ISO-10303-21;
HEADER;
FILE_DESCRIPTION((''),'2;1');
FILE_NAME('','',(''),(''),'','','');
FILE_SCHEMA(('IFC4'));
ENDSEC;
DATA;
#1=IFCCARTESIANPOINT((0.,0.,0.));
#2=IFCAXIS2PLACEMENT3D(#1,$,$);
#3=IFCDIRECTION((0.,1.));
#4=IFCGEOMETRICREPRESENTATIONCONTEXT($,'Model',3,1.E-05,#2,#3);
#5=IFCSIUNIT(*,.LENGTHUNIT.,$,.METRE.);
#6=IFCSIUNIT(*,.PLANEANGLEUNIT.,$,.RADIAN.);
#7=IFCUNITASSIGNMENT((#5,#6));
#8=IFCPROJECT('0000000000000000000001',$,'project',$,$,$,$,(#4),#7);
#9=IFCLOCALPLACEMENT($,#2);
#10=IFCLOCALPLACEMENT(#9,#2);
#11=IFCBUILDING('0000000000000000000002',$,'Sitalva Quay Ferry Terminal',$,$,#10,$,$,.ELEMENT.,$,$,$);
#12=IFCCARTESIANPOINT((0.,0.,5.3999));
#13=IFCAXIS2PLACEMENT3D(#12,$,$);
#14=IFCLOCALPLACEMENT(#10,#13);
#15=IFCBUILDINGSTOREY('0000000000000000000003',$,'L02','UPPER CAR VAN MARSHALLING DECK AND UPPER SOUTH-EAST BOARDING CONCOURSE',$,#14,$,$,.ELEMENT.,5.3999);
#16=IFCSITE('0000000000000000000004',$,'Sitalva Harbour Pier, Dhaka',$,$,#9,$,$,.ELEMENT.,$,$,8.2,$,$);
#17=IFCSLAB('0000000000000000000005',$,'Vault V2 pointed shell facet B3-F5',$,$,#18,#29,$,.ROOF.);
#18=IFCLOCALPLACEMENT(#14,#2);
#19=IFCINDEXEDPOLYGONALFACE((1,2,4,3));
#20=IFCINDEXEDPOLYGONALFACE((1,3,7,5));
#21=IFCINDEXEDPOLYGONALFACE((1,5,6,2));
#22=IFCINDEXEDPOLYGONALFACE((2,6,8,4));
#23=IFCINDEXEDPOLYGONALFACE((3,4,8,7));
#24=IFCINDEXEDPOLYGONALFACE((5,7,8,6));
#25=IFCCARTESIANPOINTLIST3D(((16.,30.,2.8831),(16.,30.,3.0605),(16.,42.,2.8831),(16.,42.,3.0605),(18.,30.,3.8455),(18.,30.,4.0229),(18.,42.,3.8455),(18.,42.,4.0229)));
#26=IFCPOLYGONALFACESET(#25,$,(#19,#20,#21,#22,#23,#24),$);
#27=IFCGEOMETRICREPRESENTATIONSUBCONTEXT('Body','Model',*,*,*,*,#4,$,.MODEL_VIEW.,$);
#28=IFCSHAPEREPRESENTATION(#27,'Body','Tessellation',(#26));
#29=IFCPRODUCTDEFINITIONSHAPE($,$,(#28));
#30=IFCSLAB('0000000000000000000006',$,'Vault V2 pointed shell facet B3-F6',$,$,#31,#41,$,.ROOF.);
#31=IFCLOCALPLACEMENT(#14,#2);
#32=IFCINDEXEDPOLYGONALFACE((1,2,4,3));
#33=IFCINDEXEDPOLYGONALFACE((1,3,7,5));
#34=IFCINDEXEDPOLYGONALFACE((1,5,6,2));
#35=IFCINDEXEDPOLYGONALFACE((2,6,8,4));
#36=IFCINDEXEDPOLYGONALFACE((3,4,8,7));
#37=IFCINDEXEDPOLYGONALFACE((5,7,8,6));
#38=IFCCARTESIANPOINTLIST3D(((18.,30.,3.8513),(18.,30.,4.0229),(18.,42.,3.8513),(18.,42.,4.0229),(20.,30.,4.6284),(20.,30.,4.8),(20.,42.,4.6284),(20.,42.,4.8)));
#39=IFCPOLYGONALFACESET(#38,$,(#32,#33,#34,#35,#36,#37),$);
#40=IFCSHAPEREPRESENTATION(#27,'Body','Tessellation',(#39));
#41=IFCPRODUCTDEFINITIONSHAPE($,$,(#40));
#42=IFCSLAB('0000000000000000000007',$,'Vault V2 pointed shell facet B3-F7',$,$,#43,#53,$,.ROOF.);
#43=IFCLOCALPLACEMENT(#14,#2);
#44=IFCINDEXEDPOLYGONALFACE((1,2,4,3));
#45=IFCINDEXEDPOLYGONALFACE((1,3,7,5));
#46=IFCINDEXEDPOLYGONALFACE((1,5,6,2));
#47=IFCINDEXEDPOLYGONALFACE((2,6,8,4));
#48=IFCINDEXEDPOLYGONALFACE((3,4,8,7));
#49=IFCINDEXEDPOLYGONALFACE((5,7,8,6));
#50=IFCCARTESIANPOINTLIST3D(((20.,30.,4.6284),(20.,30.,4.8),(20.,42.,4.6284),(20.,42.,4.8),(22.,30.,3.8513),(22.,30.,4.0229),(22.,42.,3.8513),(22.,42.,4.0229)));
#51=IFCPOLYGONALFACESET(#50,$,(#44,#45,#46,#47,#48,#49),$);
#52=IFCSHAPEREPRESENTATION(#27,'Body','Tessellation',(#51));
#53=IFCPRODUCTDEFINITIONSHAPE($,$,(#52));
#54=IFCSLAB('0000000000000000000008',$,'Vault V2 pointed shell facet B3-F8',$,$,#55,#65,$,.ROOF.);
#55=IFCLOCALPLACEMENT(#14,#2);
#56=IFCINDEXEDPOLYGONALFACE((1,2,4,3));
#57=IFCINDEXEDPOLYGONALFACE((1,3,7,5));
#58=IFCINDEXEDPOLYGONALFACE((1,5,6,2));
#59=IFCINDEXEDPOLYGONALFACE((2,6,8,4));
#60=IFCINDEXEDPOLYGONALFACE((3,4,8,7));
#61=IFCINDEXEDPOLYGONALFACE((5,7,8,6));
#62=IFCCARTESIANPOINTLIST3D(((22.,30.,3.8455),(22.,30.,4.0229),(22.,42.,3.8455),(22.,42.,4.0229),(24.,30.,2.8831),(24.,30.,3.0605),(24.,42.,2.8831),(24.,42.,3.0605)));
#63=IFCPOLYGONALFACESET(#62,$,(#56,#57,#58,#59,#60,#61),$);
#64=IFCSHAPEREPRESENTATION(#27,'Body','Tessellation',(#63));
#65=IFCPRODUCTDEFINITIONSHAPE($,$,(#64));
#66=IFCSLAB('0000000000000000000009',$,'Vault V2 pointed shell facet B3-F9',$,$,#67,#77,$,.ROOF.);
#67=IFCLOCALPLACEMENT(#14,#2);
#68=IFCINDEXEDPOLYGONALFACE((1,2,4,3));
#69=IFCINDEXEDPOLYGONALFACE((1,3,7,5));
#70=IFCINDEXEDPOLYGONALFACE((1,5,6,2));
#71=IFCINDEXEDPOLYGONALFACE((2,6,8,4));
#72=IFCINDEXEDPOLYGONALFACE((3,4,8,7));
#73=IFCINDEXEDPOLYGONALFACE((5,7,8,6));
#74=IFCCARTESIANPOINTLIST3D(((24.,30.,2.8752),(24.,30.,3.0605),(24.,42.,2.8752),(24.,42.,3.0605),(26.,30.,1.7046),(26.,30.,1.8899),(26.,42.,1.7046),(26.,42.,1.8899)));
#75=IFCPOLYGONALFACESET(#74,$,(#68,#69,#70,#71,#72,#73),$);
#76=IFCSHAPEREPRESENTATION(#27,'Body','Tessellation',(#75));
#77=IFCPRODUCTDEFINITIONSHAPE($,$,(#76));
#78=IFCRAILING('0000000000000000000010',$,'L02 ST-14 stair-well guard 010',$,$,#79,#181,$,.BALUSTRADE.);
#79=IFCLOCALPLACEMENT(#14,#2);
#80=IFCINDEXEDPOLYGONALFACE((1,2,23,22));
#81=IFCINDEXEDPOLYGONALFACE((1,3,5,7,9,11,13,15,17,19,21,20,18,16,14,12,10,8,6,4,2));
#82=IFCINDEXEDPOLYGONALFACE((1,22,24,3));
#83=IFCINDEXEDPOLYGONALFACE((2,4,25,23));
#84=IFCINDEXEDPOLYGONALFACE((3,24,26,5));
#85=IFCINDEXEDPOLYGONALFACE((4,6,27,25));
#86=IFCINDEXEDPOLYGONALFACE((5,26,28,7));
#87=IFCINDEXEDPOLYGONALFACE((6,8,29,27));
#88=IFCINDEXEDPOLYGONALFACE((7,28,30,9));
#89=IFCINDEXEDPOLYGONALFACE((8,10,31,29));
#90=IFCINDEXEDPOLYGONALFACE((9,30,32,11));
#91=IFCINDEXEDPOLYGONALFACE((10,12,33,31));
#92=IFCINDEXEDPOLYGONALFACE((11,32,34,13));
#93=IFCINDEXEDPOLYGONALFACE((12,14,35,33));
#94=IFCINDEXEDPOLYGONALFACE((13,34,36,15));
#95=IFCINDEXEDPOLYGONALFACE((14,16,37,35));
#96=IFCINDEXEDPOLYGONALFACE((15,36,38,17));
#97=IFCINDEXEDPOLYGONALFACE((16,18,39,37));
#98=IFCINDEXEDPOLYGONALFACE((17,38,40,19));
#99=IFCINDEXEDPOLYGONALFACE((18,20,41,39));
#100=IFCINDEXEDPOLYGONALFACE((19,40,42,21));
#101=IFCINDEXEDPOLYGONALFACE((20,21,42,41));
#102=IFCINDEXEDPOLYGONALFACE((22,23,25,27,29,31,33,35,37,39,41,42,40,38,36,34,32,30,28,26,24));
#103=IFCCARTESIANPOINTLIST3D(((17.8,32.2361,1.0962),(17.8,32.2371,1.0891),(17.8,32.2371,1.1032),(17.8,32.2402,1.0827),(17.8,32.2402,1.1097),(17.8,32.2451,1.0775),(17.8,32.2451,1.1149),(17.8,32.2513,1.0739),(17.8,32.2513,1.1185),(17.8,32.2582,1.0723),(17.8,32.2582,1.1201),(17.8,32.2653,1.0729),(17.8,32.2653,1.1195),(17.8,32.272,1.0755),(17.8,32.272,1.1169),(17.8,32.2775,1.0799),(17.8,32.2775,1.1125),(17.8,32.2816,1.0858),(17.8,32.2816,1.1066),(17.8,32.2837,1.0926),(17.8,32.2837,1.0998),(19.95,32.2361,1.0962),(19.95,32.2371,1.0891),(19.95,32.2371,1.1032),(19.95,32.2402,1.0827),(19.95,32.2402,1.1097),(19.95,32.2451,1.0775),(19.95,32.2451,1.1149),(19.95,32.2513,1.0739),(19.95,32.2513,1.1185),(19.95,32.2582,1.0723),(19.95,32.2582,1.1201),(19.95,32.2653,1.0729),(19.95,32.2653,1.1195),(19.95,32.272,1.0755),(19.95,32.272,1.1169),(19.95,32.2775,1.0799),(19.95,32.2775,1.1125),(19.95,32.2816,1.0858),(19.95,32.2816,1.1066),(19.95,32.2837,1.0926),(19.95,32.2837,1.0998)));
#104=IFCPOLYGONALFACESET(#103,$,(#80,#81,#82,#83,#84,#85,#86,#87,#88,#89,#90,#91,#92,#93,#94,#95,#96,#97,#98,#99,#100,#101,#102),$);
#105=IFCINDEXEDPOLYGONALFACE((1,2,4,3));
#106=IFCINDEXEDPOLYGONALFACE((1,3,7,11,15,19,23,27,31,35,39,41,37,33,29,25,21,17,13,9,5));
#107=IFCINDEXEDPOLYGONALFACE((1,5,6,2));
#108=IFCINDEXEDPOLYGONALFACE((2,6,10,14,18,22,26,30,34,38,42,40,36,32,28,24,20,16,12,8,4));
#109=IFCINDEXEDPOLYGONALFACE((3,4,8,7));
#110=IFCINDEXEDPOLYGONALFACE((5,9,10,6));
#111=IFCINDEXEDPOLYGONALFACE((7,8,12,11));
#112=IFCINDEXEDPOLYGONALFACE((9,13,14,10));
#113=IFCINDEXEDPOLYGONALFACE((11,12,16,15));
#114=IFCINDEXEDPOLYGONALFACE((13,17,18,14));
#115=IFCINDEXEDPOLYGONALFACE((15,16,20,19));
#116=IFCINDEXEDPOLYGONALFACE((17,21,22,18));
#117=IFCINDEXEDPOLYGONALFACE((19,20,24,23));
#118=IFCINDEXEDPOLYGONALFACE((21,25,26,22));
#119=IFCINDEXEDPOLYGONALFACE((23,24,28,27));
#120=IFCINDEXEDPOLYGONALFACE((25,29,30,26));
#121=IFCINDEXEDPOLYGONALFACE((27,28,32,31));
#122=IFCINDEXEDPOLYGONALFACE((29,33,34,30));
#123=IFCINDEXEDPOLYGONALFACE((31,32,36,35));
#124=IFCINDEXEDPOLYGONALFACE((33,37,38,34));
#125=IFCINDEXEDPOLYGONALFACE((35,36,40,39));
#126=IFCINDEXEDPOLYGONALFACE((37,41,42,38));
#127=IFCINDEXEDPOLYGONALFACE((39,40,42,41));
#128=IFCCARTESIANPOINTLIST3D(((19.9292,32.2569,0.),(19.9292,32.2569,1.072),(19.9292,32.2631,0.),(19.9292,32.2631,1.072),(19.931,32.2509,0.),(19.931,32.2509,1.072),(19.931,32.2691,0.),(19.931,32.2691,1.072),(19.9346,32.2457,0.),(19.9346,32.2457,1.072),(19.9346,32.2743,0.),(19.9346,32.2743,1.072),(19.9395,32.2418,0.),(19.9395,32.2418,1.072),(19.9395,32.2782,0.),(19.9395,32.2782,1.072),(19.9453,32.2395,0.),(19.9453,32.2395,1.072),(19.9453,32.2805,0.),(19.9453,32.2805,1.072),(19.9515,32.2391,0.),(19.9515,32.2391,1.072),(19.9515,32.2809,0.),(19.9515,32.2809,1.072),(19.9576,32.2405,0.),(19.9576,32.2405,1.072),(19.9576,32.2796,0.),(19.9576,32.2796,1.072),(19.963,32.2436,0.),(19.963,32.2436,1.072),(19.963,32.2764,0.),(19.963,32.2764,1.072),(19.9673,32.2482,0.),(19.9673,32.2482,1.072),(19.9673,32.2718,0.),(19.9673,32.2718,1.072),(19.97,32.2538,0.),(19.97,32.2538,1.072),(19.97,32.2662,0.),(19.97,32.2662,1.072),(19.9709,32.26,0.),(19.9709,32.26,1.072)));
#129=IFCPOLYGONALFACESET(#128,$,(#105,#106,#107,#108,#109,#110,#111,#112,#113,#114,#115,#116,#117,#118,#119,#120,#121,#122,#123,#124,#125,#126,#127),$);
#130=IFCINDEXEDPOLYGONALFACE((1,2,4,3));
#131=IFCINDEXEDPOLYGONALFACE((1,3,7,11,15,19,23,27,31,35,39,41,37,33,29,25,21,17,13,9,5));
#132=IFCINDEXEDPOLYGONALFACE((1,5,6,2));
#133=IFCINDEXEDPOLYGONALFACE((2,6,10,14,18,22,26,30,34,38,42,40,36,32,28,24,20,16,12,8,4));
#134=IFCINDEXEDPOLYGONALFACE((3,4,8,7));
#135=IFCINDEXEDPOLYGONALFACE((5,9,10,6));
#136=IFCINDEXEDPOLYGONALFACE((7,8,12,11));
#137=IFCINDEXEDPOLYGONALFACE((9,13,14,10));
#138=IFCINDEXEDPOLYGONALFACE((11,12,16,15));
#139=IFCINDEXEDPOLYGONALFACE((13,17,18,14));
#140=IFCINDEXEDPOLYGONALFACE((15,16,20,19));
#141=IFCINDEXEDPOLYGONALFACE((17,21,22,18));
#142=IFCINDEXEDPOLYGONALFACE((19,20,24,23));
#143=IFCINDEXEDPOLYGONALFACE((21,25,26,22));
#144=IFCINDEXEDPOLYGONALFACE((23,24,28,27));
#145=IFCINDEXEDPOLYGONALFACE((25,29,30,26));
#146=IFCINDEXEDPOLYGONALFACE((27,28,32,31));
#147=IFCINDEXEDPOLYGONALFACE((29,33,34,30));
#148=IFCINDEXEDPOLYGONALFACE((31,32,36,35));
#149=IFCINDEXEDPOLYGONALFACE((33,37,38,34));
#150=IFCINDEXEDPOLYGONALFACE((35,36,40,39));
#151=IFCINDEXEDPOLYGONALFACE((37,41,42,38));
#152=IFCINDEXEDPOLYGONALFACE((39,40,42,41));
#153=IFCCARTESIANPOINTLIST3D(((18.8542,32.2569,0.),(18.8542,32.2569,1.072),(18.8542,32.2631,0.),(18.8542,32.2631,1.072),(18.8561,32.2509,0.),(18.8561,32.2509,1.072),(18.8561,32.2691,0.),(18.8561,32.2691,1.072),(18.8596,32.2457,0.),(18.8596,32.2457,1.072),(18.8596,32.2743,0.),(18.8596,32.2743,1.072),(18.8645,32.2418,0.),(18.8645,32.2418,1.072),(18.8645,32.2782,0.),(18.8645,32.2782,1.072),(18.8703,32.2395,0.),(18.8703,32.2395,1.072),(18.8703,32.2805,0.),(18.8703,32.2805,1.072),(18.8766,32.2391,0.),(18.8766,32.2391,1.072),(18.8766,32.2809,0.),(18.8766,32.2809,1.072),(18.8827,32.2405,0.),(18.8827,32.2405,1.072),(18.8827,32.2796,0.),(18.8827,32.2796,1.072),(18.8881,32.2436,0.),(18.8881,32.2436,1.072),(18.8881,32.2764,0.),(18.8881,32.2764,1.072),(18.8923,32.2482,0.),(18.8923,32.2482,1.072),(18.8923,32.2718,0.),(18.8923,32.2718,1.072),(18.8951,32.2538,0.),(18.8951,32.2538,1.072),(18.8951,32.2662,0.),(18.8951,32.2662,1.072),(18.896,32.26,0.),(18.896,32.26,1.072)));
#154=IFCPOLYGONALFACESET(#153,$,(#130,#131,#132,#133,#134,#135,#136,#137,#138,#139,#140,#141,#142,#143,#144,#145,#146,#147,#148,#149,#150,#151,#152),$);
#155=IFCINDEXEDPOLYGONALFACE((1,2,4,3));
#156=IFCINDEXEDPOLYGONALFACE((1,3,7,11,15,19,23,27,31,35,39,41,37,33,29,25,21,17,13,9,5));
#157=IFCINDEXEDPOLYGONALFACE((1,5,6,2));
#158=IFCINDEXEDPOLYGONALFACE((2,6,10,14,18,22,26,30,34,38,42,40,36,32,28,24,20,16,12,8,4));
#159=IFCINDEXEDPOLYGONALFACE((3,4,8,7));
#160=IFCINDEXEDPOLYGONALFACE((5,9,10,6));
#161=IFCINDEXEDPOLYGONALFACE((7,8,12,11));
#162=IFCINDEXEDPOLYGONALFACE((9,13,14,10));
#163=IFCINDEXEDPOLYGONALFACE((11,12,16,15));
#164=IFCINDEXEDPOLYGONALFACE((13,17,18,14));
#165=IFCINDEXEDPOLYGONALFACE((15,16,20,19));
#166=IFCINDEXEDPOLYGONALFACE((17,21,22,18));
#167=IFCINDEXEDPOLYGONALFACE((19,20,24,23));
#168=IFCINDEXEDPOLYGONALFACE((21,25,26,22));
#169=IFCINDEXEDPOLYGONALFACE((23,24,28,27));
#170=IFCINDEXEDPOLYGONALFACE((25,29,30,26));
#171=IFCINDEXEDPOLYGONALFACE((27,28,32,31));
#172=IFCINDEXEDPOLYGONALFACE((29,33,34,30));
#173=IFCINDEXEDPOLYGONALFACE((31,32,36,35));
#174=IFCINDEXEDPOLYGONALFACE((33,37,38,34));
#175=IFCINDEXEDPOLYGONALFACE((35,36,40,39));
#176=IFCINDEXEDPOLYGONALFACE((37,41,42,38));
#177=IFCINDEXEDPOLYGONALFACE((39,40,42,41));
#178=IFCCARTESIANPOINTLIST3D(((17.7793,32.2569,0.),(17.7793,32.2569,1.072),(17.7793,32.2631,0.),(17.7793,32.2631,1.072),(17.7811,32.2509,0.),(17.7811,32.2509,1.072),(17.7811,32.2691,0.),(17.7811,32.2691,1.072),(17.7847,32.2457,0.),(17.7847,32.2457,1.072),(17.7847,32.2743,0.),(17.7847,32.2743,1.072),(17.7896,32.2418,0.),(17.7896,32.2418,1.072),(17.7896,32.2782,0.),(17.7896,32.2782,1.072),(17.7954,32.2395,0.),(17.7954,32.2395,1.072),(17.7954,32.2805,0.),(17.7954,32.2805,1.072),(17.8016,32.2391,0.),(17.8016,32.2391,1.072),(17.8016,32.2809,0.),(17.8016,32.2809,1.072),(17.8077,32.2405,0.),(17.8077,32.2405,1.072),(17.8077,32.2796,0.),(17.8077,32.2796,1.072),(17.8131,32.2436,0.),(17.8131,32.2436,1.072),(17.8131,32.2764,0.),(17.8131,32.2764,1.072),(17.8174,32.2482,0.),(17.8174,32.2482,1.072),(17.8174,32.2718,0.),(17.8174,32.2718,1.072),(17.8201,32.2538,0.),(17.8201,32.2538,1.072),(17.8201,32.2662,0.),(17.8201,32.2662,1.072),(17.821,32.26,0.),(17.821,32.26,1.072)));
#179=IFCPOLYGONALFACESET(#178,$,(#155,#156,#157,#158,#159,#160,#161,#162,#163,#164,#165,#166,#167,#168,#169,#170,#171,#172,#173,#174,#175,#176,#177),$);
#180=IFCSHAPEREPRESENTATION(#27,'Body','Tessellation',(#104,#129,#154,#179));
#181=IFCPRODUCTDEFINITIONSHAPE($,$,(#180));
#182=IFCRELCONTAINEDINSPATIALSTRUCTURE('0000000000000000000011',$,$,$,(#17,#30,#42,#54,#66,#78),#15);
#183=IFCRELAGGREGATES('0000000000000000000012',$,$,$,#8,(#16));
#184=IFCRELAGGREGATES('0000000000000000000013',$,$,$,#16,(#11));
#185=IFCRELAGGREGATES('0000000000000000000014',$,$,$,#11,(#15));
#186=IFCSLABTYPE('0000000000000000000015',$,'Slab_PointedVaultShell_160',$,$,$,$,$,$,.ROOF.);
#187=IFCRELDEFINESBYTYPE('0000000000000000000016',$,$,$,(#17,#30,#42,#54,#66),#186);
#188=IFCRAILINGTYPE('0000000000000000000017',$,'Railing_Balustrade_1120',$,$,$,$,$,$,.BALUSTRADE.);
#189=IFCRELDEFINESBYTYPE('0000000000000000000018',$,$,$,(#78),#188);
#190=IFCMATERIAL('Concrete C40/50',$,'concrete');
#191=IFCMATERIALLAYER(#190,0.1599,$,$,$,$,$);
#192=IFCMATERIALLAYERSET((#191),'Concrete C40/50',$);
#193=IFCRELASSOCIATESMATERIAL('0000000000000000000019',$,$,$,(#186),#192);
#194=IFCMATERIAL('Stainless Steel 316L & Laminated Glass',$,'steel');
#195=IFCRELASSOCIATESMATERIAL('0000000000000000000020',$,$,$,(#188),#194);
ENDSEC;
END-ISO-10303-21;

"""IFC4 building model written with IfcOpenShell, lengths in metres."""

from ifc_helpers import new_model, si_unit, direction, frame, origin, origin_2d, place, context, subcontext, project, spatial, polyline, circle, outline, extrude, material, layer, layer_set, type_object, element, save


model = new_model("IFC4")

# Units and contexts
model_context = context("Model", 3, precision=1e-05, world=origin(), true_north=direction((0.0, 1.0)))
body_context = subcontext(model_context, "Body", "Model", "MODEL_VIEW")
ifc_project = project(units=[si_unit("LENGTHUNIT", "METRE"), si_unit("PLANEANGLEUNIT", "RADIAN")], contexts=[model_context])

# Site, building, storey
site_placement = place(None, origin())
site = spatial("IfcSite", under=ifc_project, at=site_placement, Name="Sitalva Harbour Pier, Dhaka", CompositionType="ELEMENT", RefElevation=8.2)
building_placement = place(site_placement, origin())
building = spatial("IfcBuilding", under=site, at=building_placement, Name="Sitalva Quay Ferry Terminal", CompositionType="ELEMENT")
storey_placement = place(building_placement, frame((0.0, 0.0, 5.3999)))
storey = spatial("IfcBuildingStorey", under=building, at=storey_placement, Name="L02", Description="UPPER CAR VAN MARSHALLING DECK AND UPPER SOUTH-EAST BOARDING CONCOURSE", CompositionType="ELEMENT", Elevation=5.3999)

# Slabs
ifc_material_1 = material(Name="Concrete C40/50", Category="concrete")
ifc_layer_1 = layer(ifc_material_1, 0.1599)
ifc_layer_set_1 = layer_set([ifc_layer_1], Name="Concrete C40/50")
slab_type = type_object("IfcSlabType", Name="Slab_PointedVaultShell_160", PredefinedType="ROOF", material=ifc_layer_set_1)
slab_1_placement = place(storey_placement, frame((16.0, 30.0, 3.0605), z_axis=(-0.433611, 0.0, 0.9011), x_axis=(0.9011, 0.0, 0.433611)))
element("IfcSlab", 1, at=slab_1_placement, inside=storey, type_object=slab_type, Name="Vault V2 pointed shell facet B3-F5", PredefinedType="ROOF", context=body_context, shape_type="SweptSolid", body=[
    extrude(outline(polyline([(0.0, 0.0), (2.2195, 0.0), (2.2195, 12.0), (0.0, 12.0), (0.0, 0.0)])), origin(), (-0.433611, 0.0, -0.9011), 0.1775),
])
slab_2_placement = place(storey_placement, frame((18.0, 30.0, 4.0229), z_axis=(-0.362172, 0.0, 0.932111), x_axis=(0.932111, 0.0, 0.362172)))
element("IfcSlab", 2, at=slab_2_placement, inside=storey, type_object=slab_type, Name="Vault V2 pointed shell facet B3-F6", PredefinedType="ROOF", context=body_context, shape_type="SweptSolid", body=[
    extrude(outline(polyline([(0.0, 0.0), (2.1457, 0.0), (2.1457, 12.0), (0.0, 12.0), (0.0, 0.0)])), origin(), (-0.362172, 0.0, -0.932111), 0.1716),
])
slab_3_placement = place(storey_placement, frame((20.0, 30.0, 4.8), z_axis=(0.362172, 0.0, 0.932111), x_axis=(0.932111, 0.0, -0.362172)))
element("IfcSlab", 3, at=slab_3_placement, inside=storey, type_object=slab_type, Name="Vault V2 pointed shell facet B3-F7", PredefinedType="ROOF", context=body_context, shape_type="SweptSolid", body=[
    extrude(outline(polyline([(0.0, 0.0), (2.1457, 0.0), (2.1457, 12.0), (0.0, 12.0), (0.0, 0.0)])), origin(), (0.362172, 0.0, -0.932111), 0.1716),
])
slab_4_placement = place(storey_placement, frame((22.0, 30.0, 4.0229), z_axis=(0.433611, 0.0, 0.9011), x_axis=(0.9011, 0.0, -0.433611)))
element("IfcSlab", 4, at=slab_4_placement, inside=storey, type_object=slab_type, Name="Vault V2 pointed shell facet B3-F8", PredefinedType="ROOF", context=body_context, shape_type="SweptSolid", body=[
    extrude(outline(polyline([(0.0, 0.0), (2.2195, 0.0), (2.2195, 12.0), (0.0, 12.0), (0.0, 0.0)])), origin(), (0.433611, 0.0, -0.9011), 0.1775),
])
slab_5_placement = place(storey_placement, frame((24.0, 30.0, 3.0605), z_axis=(0.505154, 0.0, 0.863029), x_axis=(0.863029, 0.0, -0.505154)))
element("IfcSlab", 5, at=slab_5_placement, inside=storey, type_object=slab_type, Name="Vault V2 pointed shell facet B3-F9", PredefinedType="ROOF", context=body_context, shape_type="SweptSolid", body=[
    extrude(outline(polyline([(0.0, 0.0), (2.3174, 0.0), (2.3174, 12.0), (0.0, 12.0), (0.0, 0.0)])), origin(), (0.505154, 0.0, -0.863029), 0.1853),
])

# Railing
ifc_material_2 = material(Name="Stainless Steel 316L & Laminated Glass", Category="steel")
railing_type = type_object("IfcRailingType", Name="Railing_Balustrade_1120", PredefinedType="BALUSTRADE", material=ifc_material_2)
railing_1_placement = place(storey_placement, frame((19.95, 32.26, 0.0)))
element("IfcRailing", 6, at=railing_1_placement, inside=storey, type_object=railing_type, Name="L02 ST-14 stair-well guard 010", PredefinedType="BALUSTRADE", context=body_context, shape_type="SweptSolid", body=[
    extrude(circle(Radius=0.0239, at=origin_2d()), frame((0.0, 0.0, 1.0962), z_axis=(-1.0, 0.0, 0.0), x_axis=(0.0, -1.0, 0.0)), (0.0, 0.0, 1.0), 2.1499),
    extrude(circle(Radius=0.021, at=origin_2d()), origin(), (0.0, 0.0, 1.0), 1.072),
    extrude(circle(Radius=0.021, at=origin_2d()), frame((-1.075, 0.0, 0.0)), (0.0, 0.0, 1.0), 1.072),
    extrude(circle(Radius=0.021, at=origin_2d()), frame((-2.1499, 0.0, 0.0)), (0.0, 0.0, 1.0), 1.072),
])

save(model, "model.ifc")
